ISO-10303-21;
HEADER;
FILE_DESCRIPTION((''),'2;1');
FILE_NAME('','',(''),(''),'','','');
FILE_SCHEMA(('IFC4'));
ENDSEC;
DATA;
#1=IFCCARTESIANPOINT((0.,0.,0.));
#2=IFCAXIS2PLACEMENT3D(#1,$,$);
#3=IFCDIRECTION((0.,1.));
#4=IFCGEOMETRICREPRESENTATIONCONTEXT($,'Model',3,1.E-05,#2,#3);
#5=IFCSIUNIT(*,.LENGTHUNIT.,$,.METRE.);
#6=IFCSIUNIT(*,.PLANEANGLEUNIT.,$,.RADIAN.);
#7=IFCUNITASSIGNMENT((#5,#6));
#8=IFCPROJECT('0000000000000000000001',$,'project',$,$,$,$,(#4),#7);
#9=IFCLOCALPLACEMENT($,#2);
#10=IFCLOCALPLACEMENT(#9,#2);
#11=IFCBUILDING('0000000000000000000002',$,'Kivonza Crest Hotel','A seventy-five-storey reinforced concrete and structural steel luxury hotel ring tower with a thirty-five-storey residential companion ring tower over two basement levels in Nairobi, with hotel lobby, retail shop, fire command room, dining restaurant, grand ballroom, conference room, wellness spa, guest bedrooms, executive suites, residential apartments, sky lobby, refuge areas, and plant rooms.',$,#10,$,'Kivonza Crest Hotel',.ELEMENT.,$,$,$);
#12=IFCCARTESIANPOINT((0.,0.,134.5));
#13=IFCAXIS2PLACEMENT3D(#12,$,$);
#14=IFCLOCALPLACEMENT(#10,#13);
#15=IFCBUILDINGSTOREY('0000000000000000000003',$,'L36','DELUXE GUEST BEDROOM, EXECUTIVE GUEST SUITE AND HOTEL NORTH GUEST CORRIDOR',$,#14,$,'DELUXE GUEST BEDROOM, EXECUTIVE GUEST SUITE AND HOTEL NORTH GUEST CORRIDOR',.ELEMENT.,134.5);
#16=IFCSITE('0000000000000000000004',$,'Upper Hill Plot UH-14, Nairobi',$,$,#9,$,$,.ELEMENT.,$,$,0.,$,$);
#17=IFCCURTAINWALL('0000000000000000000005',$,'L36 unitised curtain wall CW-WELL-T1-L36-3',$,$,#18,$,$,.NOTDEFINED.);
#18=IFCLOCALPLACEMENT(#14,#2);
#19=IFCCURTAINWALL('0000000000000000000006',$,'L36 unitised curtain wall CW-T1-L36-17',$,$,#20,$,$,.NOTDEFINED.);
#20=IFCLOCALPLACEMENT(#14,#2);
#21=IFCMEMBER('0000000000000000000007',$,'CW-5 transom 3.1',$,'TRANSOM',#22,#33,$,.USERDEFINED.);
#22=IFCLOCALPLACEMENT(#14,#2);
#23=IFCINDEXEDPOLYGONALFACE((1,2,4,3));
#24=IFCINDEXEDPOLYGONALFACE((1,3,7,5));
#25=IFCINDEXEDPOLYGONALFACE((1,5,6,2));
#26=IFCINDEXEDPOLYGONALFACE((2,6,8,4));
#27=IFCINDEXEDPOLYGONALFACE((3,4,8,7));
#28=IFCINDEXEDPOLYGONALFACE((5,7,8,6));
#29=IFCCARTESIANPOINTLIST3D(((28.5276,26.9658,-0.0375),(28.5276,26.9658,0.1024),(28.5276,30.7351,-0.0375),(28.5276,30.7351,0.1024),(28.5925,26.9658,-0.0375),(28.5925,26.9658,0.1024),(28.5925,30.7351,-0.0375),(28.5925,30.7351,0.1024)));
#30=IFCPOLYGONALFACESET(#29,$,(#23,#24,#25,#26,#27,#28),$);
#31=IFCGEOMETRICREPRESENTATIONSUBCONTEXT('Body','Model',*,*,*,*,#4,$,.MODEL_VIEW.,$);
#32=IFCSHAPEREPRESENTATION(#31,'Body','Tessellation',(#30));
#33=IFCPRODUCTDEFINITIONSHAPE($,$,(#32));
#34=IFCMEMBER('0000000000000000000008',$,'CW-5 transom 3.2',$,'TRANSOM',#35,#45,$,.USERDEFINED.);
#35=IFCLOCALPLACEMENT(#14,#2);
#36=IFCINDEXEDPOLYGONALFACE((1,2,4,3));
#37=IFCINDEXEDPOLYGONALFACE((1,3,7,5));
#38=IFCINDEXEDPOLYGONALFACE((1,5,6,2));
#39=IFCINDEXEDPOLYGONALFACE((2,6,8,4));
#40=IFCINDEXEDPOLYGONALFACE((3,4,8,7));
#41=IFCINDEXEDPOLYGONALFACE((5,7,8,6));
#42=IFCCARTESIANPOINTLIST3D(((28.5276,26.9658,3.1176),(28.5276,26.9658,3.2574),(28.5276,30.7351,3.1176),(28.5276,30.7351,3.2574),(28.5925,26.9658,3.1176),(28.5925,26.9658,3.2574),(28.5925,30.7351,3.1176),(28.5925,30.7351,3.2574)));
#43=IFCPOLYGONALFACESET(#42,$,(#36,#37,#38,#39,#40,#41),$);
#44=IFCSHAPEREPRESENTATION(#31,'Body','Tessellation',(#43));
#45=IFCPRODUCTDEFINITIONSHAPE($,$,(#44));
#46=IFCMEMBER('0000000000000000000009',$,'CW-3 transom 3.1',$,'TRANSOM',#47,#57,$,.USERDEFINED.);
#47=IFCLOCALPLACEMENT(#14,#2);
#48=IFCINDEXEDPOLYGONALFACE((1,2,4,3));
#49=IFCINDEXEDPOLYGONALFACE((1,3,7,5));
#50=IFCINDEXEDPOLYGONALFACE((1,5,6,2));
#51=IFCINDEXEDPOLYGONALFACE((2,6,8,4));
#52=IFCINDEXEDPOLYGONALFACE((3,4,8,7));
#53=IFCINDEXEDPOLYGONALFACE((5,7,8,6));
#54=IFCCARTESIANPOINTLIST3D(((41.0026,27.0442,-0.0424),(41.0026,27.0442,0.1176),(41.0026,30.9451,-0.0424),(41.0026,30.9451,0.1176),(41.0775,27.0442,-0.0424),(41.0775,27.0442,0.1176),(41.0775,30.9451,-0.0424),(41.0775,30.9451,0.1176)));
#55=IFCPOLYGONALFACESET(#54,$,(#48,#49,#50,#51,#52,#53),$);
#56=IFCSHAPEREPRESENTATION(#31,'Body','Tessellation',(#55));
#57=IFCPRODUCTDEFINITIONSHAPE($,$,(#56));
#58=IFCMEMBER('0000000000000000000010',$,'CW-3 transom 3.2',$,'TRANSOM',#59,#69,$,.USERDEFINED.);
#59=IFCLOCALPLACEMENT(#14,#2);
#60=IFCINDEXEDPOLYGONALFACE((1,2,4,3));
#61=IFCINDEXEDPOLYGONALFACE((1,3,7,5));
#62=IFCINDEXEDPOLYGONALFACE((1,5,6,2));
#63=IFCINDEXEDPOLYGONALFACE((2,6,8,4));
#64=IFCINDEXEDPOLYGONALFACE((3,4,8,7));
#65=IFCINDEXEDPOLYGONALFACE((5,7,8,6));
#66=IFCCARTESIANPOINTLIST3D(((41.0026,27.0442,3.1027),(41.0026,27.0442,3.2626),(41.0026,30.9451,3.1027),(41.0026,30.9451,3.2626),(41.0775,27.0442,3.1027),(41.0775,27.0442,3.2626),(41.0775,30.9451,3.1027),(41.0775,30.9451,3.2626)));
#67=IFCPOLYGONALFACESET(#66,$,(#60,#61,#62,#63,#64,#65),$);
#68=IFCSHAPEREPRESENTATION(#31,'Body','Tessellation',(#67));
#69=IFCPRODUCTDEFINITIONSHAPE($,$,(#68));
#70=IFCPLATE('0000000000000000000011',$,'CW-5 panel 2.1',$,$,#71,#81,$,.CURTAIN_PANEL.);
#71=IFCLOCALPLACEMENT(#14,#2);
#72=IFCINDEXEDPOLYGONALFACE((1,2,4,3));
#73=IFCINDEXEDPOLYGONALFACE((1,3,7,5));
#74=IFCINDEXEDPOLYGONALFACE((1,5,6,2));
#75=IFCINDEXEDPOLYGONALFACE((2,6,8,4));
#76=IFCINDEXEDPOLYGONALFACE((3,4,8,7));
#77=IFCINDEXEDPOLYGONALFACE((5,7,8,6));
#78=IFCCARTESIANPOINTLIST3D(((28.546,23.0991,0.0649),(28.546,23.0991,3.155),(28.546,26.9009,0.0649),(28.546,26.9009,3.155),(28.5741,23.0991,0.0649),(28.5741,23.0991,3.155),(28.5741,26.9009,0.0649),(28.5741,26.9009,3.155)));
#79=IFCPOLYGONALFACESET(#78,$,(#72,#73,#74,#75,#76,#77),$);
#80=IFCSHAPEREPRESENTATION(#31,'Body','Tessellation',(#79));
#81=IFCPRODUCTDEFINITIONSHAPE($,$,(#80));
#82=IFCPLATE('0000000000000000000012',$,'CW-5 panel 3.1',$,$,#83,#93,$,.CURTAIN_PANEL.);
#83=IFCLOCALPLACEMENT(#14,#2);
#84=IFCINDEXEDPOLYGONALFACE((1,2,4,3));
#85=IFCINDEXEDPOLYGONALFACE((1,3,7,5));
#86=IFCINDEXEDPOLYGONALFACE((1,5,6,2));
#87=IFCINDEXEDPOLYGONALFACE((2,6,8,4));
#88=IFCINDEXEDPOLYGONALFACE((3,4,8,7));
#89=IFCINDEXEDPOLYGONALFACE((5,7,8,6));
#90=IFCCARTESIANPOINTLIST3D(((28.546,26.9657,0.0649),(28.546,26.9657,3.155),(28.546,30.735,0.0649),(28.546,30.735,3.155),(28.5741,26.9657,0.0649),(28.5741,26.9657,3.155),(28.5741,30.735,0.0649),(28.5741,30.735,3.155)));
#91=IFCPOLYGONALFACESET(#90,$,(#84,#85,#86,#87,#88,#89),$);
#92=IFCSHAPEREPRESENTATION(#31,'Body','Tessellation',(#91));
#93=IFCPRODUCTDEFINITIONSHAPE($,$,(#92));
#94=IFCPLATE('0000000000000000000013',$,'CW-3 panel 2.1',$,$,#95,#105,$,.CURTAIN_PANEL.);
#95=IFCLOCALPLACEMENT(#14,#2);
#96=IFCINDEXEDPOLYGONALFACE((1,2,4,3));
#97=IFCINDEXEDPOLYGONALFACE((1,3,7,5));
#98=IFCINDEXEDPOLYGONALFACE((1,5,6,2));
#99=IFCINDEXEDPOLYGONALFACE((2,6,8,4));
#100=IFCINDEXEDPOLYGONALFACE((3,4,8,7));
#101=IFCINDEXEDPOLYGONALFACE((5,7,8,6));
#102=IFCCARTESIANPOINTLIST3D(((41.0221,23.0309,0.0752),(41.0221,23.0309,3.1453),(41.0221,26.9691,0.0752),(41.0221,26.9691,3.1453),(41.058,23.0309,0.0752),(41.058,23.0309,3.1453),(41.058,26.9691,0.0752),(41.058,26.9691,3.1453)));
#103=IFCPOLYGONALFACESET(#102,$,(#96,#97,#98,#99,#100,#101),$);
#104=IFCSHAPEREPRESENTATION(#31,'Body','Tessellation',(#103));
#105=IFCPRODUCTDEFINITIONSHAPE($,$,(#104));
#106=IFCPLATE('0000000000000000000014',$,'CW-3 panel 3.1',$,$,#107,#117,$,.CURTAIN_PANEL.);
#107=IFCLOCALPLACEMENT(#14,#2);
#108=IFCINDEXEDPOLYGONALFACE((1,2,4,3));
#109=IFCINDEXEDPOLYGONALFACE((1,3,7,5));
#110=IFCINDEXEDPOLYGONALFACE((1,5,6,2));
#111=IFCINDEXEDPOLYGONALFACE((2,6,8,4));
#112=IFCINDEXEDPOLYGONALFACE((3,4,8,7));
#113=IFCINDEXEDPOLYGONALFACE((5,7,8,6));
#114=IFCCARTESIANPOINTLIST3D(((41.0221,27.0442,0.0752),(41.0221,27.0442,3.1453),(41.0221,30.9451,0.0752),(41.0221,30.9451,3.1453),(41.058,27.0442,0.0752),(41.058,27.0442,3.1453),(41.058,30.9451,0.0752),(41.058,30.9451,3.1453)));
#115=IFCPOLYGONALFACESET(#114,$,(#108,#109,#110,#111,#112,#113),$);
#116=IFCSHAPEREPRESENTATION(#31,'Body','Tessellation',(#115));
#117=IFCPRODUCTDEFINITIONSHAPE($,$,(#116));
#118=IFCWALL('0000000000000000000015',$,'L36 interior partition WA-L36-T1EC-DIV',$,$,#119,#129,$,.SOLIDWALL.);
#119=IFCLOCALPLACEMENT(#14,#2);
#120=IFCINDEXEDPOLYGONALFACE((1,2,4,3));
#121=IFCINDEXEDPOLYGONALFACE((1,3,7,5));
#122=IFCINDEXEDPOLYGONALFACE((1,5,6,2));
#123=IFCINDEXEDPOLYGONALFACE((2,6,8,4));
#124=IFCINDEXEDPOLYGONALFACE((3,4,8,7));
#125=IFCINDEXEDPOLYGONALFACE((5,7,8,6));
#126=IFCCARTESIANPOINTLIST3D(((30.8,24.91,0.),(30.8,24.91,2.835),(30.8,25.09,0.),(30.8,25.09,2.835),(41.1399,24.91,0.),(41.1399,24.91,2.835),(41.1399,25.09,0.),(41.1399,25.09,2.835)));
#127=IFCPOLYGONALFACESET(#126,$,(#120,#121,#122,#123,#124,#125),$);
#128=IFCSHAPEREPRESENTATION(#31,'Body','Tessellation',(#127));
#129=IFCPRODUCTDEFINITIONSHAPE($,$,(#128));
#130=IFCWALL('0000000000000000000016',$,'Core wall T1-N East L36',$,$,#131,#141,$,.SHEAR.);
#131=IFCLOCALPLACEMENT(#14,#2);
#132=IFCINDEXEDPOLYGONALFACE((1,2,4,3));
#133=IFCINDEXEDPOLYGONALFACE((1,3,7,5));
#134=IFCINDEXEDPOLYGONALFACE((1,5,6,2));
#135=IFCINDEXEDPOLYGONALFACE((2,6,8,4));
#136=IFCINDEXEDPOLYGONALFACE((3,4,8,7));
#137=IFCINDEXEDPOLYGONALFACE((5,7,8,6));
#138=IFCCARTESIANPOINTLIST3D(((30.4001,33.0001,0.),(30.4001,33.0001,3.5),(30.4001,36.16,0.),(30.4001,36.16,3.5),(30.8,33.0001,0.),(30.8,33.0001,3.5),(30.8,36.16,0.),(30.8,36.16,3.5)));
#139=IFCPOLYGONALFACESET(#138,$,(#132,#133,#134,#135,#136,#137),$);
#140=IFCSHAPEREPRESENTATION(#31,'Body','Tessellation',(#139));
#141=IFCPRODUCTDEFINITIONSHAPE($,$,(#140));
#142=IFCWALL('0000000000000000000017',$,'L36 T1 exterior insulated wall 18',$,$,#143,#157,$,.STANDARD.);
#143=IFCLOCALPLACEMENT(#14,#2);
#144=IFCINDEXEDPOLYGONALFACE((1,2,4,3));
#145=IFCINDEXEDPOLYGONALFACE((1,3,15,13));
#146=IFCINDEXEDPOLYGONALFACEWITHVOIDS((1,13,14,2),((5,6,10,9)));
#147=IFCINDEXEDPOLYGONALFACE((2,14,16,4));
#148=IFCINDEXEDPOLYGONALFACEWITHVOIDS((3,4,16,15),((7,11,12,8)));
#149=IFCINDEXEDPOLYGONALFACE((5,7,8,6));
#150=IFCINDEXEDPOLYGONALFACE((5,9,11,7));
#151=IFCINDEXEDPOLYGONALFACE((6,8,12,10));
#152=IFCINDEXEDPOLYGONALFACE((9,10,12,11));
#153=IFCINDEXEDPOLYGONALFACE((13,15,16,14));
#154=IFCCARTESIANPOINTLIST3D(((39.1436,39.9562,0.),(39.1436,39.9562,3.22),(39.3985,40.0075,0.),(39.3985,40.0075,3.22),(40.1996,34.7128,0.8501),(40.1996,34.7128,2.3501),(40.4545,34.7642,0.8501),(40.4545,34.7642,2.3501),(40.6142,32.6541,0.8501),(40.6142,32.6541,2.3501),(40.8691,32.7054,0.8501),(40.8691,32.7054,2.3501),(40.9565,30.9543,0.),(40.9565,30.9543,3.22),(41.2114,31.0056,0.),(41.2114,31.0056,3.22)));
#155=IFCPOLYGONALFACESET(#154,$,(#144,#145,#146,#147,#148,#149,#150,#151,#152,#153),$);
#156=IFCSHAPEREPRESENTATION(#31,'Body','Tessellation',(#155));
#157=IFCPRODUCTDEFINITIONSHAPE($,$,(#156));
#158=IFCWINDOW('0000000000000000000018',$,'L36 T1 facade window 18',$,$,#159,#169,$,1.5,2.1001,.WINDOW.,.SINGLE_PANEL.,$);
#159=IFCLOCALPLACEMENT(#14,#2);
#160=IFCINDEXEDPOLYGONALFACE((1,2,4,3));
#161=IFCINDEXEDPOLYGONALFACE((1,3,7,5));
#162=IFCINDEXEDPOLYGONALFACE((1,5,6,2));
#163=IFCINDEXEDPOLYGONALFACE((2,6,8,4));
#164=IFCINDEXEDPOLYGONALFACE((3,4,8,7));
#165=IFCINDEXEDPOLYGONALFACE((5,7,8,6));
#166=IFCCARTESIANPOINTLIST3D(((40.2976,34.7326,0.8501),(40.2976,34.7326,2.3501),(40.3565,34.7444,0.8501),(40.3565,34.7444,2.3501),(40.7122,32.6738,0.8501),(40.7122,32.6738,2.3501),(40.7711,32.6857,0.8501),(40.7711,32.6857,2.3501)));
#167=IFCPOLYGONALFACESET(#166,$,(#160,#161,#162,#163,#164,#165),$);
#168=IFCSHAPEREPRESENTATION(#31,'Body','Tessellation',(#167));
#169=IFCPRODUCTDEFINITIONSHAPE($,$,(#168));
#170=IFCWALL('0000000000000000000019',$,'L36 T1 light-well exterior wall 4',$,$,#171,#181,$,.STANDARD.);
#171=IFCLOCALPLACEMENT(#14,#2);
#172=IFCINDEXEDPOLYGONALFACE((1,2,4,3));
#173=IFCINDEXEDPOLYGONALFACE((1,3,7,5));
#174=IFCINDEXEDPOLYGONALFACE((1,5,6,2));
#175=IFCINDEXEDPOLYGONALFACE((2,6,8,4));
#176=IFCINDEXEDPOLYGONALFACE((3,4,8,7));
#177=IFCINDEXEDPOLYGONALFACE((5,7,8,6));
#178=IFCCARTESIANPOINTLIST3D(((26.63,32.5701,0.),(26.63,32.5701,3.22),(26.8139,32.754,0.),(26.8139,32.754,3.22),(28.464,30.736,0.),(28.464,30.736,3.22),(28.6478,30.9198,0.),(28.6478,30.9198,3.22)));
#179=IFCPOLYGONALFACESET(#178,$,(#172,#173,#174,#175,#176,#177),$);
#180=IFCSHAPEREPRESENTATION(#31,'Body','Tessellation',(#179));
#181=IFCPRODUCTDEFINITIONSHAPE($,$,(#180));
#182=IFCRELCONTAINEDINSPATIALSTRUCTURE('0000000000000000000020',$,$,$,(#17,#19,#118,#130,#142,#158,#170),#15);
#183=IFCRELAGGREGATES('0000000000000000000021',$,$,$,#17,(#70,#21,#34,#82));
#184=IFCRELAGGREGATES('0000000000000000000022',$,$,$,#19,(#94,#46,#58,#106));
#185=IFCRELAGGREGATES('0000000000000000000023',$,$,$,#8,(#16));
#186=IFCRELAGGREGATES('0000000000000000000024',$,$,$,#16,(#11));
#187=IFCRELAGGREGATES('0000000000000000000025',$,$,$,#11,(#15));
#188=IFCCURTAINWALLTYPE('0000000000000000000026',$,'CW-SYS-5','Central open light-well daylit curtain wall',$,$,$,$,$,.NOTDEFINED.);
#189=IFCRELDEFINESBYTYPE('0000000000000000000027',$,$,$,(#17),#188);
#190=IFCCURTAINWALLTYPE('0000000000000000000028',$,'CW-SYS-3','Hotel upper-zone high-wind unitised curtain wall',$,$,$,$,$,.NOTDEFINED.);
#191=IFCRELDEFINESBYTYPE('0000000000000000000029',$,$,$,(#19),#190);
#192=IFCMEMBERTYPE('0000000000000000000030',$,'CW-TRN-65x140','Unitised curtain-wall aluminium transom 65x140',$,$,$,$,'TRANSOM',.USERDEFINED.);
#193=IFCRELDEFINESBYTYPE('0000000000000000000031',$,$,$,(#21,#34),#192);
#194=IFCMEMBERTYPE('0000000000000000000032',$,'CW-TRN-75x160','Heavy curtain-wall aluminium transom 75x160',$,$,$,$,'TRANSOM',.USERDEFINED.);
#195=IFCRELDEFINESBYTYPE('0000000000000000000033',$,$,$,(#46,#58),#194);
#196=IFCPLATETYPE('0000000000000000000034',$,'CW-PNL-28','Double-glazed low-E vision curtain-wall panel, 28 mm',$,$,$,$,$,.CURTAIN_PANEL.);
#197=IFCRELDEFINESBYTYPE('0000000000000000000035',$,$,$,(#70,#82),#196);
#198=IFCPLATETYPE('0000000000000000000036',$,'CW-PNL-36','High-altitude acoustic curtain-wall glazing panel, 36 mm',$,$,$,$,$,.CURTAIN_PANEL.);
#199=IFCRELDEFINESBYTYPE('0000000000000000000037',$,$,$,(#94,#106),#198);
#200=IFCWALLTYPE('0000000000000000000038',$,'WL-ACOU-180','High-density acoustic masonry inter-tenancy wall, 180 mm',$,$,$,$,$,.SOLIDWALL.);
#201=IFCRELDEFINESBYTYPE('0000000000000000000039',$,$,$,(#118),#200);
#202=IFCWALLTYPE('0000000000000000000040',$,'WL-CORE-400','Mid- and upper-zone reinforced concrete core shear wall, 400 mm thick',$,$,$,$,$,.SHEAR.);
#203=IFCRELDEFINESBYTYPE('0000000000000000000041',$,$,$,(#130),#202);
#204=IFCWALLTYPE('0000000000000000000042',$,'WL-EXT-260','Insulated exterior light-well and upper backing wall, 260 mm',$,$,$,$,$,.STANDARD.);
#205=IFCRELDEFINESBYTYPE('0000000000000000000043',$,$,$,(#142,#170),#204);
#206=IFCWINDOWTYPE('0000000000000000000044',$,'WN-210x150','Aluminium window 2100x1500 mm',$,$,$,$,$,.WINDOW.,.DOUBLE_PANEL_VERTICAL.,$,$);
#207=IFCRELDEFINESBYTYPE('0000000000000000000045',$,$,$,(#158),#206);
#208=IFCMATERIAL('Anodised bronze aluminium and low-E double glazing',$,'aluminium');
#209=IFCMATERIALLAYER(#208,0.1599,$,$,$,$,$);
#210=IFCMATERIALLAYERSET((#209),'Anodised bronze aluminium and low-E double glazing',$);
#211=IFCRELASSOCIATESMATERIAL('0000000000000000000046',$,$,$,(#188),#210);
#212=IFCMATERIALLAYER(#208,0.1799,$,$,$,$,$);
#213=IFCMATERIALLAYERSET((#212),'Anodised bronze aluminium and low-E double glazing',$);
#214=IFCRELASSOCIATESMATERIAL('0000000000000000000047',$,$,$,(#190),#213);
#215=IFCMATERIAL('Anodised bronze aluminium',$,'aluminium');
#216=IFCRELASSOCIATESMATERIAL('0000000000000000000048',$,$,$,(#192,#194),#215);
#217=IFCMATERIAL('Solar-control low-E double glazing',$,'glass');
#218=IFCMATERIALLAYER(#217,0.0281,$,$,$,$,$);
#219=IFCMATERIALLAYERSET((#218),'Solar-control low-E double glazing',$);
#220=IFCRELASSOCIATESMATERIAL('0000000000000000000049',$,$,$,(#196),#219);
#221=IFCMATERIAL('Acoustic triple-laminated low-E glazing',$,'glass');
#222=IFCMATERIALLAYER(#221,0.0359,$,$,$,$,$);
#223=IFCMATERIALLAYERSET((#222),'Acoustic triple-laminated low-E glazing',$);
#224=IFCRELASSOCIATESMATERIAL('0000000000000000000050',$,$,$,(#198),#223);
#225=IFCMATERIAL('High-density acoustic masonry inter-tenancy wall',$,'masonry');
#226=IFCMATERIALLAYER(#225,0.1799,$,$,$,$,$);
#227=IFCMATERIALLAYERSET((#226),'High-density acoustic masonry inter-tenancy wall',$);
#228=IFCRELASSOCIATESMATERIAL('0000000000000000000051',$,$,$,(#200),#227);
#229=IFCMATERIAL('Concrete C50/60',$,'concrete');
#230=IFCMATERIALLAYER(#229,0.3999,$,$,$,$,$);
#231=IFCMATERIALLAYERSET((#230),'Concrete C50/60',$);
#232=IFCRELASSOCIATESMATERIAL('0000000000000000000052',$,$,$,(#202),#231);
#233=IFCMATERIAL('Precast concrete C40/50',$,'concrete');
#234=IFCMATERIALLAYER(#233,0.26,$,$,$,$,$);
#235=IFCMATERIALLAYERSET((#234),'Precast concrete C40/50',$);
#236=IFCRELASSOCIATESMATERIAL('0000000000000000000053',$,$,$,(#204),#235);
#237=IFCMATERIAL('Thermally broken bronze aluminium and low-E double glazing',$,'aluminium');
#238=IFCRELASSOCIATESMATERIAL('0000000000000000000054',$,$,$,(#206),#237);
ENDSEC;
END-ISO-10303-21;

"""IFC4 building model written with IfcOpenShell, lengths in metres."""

from ifc_helpers import new_model, si_unit, direction, frame, frame_2d, origin, origin_2d, place, context, subcontext, project, spatial, rectangle, extrude, material, layer, layer_set, material_profile, profile_set, type_object, element, fill, aggregate, save


model = new_model("IFC4")

# Units and contexts
model_context = context("Model", 3, precision=1e-05, world=origin(), true_north=direction((0.0, 1.0)))
body_context = subcontext(model_context, "Body", "Model", "MODEL_VIEW")
ifc_project = project(units=[si_unit("LENGTHUNIT", "METRE"), si_unit("PLANEANGLEUNIT", "RADIAN")], contexts=[model_context])

# Site, building, storey
site_placement = place(None, origin())
site = spatial("IfcSite", under=ifc_project, at=site_placement, Name="Upper Hill Plot UH-14, Nairobi", CompositionType="ELEMENT", RefElevation=0.0)
building_placement = place(site_placement, origin())
building = spatial("IfcBuilding", under=site, at=building_placement, Name="Kivonza Crest Hotel", Description="A seventy-five-storey reinforced concrete and structural steel luxury hotel ring tower with a thirty-five-storey residential companion ring tower over two basement levels in Nairobi, with hotel lobby, retail shop, fire command room, dining restaurant, grand ballroom, conference room, wellness spa, guest bedrooms, executive suites, residential apartments, sky lobby, refuge areas, and plant rooms.", LongName="Kivonza Crest Hotel", CompositionType="ELEMENT")
storey_placement = place(building_placement, frame((0.0, 0.0, 134.5)))
storey = spatial("IfcBuildingStorey", under=building, at=storey_placement, Name="L36", Description="DELUXE GUEST BEDROOM, EXECUTIVE GUEST SUITE AND HOTEL NORTH GUEST CORRIDOR", LongName="DELUXE GUEST BEDROOM, EXECUTIVE GUEST SUITE AND HOTEL NORTH GUEST CORRIDOR", CompositionType="ELEMENT", Elevation=134.5)

# Shared definitions
ifc_material_1 = material(Name="Concrete C50/60", Category="concrete")

# Curtain walls
ifc_material_2 = material(Name="Anodised bronze aluminium and low-E double glazing", Category="aluminium")
ifc_layer_1 = layer(ifc_material_2, 0.1599)
ifc_layer_set_1 = layer_set([ifc_layer_1], Name="Anodised bronze aluminium and low-E double glazing")
curtain_wall_type_1 = type_object("IfcCurtainWallType", Name="CW-SYS-5", Description="Central open light-well daylit curtain wall", PredefinedType="NOTDEFINED", material=ifc_layer_set_1)
curtain_wall_1_placement = place(storey_placement, origin())
curtain_wall_1 = element("IfcCurtainWall", 1, at=curtain_wall_1_placement, inside=storey, type_object=curtain_wall_type_1, Name="L36 unitised curtain wall CW-WELL-T1-L36-3", PredefinedType="NOTDEFINED")
ifc_material_3 = material(Name="Anodised bronze aluminium", Category="aluminium")
ifc_layer_2 = layer(ifc_material_2, 0.1799)
ifc_layer_set_2 = layer_set([ifc_layer_2], Name="Anodised bronze aluminium and low-E double glazing")
curtain_wall_type_2 = type_object("IfcCurtainWallType", Name="CW-SYS-3", Description="Hotel upper-zone high-wind unitised curtain wall", PredefinedType="NOTDEFINED", material=ifc_layer_set_2)
curtain_wall_2_placement = place(storey_placement, origin())
curtain_wall_2 = element("IfcCurtainWall", 2, at=curtain_wall_2_placement, inside=storey, type_object=curtain_wall_type_2, Name="L36 unitised curtain wall CW-T1-L36-17", PredefinedType="NOTDEFINED")

# Members
ifc_material_profile_1 = material_profile(ifc_material_3, rectangle(XDim=0.0649, YDim=0.1399, at=origin_2d()), Name="CW-T 65x140")
ifc_profile_set_1 = profile_set([ifc_material_profile_1], Name="Anodised bronze aluminium")
member_type_1 = type_object("IfcMemberType", Name="CW-TRN-65x140", Description="Unitised curtain-wall aluminium transom 65x140", ElementType="TRANSOM", PredefinedType="USERDEFINED", material=ifc_profile_set_1)
member_1_placement = place(storey_placement, frame((28.5601, 26.9658, 0.0325), z_axis=(0.0, 1.0, 0.0), x_axis=(-1.0, 0.0, 0.0)))
member_1 = element("IfcMember", 3, at=member_1_placement, type_object=member_type_1, Name="CW-5 transom 3.1", ObjectType="TRANSOM", PredefinedType="USERDEFINED", context=body_context, shape_type="SweptSolid", body=[
    extrude(rectangle(XDim=0.0649, YDim=0.1399, at=origin_2d()), origin(), (0.0, 0.0, 1.0), 3.7693),
])
member_2_placement = place(storey_placement, frame((28.5601, 26.9658, 3.1875), z_axis=(0.0, 1.0, 0.0), x_axis=(-1.0, 0.0, 0.0)))
member_2 = element("IfcMember", 4, at=member_2_placement, type_object=member_type_1, Name="CW-5 transom 3.2", ObjectType="TRANSOM", PredefinedType="USERDEFINED", context=body_context, shape_type="SweptSolid", body=[
    extrude(rectangle(XDim=0.0649, YDim=0.1399, at=origin_2d()), origin(), (0.0, 0.0, 1.0), 3.7693),
])
ifc_material_profile_2 = material_profile(ifc_material_3, rectangle(XDim=0.075, YDim=0.1599, at=origin_2d()), Name="CW-T 75x160")
ifc_profile_set_2 = profile_set([ifc_material_profile_2], Name="Anodised bronze aluminium")
member_type_2 = type_object("IfcMemberType", Name="CW-TRN-75x160", Description="Heavy curtain-wall aluminium transom 75x160", ElementType="TRANSOM", PredefinedType="USERDEFINED", material=ifc_profile_set_2)
member_3_placement = place(storey_placement, frame((41.04, 27.0442, 0.0376), z_axis=(0.0, 1.0, 0.0), x_axis=(-1.0, 0.0, 0.0)))
member_3 = element("IfcMember", 5, at=member_3_placement, type_object=member_type_2, Name="CW-3 transom 3.1", ObjectType="TRANSOM", PredefinedType="USERDEFINED", context=body_context, shape_type="SweptSolid", body=[
    extrude(rectangle(XDim=0.075, YDim=0.1599, at=origin_2d()), origin(), (0.0, 0.0, 1.0), 3.9009),
])
member_4_placement = place(storey_placement, frame((41.04, 27.0442, 3.1826), z_axis=(0.0, 1.0, 0.0), x_axis=(-1.0, 0.0, 0.0)))
member_4 = element("IfcMember", 6, at=member_4_placement, type_object=member_type_2, Name="CW-3 transom 3.2", ObjectType="TRANSOM", PredefinedType="USERDEFINED", context=body_context, shape_type="SweptSolid", body=[
    extrude(rectangle(XDim=0.075, YDim=0.1599, at=origin_2d()), origin(), (0.0, 0.0, 1.0), 3.9009),
])

# Plates
ifc_material_4 = material(Name="Solar-control low-E double glazing", Category="glass")
ifc_layer_3 = layer(ifc_material_4, 0.0281)
ifc_layer_set_3 = layer_set([ifc_layer_3], Name="Solar-control low-E double glazing")
plate_type_1 = type_object("IfcPlateType", Name="CW-PNL-28", Description="Double-glazed low-E vision curtain-wall panel, 28 mm", PredefinedType="CURTAIN_PANEL", material=ifc_layer_set_3)
plate_1_placement = place(storey_placement, frame((28.5601, 25.0, 0.0649), z_axis=(0.0, 0.0, 1.0), x_axis=(0.0, 1.0, 0.0)))
plate_1 = element("IfcPlate", 7, at=plate_1_placement, type_object=plate_type_1, Name="CW-5 panel 2.1", PredefinedType="CURTAIN_PANEL", context=body_context, shape_type="SweptSolid", body=[
    extrude(rectangle(XDim=3.8018, YDim=0.0281, at=origin_2d()), origin(), (0.0, 0.0, 1.0), 3.0901),
])
plate_2_placement = place(storey_placement, frame((28.5601, 28.8503, 0.0649), z_axis=(0.0, 0.0, 1.0), x_axis=(0.0, 1.0, 0.0)))
plate_2 = element("IfcPlate", 8, at=plate_2_placement, type_object=plate_type_1, Name="CW-5 panel 3.1", PredefinedType="CURTAIN_PANEL", context=body_context, shape_type="SweptSolid", body=[
    extrude(rectangle(XDim=3.7693, YDim=0.0281, at=origin_2d()), origin(), (0.0, 0.0, 1.0), 3.0901),
])
aggregate(curtain_wall_1, [plate_1, member_1, member_2, plate_2])
ifc_material_5 = material(Name="Acoustic triple-laminated low-E glazing", Category="glass")
ifc_layer_4 = layer(ifc_material_5, 0.0359)
ifc_layer_set_4 = layer_set([ifc_layer_4], Name="Acoustic triple-laminated low-E glazing")
plate_type_2 = type_object("IfcPlateType", Name="CW-PNL-36", Description="High-altitude acoustic curtain-wall glazing panel, 36 mm", PredefinedType="CURTAIN_PANEL", material=ifc_layer_set_4)
plate_3_placement = place(storey_placement, frame((41.04, 25.0, 0.0752), z_axis=(0.0, 0.0, 1.0), x_axis=(0.0, 1.0, 0.0)))
plate_3 = element("IfcPlate", 9, at=plate_3_placement, type_object=plate_type_2, Name="CW-3 panel 2.1", PredefinedType="CURTAIN_PANEL", context=body_context, shape_type="SweptSolid", body=[
    extrude(rectangle(XDim=3.9382, YDim=0.0359, at=origin_2d()), origin(), (0.0, 0.0, 1.0), 3.0701),
])
plate_4_placement = place(storey_placement, frame((41.04, 28.9946, 0.0752), z_axis=(0.0, 0.0, 1.0), x_axis=(0.0, 1.0, 0.0)))
plate_4 = element("IfcPlate", 10, at=plate_4_placement, type_object=plate_type_2, Name="CW-3 panel 3.1", PredefinedType="CURTAIN_PANEL", context=body_context, shape_type="SweptSolid", body=[
    extrude(rectangle(XDim=3.9009, YDim=0.0359, at=origin_2d()), origin(), (0.0, 0.0, 1.0), 3.0701),
])
aggregate(curtain_wall_2, [plate_3, member_3, member_4, plate_4])

# Walls
ifc_material_6 = material(Name="High-density acoustic masonry inter-tenancy wall", Category="masonry")
ifc_layer_5 = layer(ifc_material_6, 0.1799)
ifc_layer_set_5 = layer_set([ifc_layer_5], Name="High-density acoustic masonry inter-tenancy wall")
wall_type_1 = type_object("IfcWallType", Name="WL-ACOU-180", Description="High-density acoustic masonry inter-tenancy wall, 180 mm", PredefinedType="SOLIDWALL", material=ifc_layer_set_5)
wall_1_placement = place(storey_placement, frame((30.8, 25.0, 0.0), z_axis=(0.0, 0.0, 1.0), x_axis=(1.0, 0.0, 0.0)))
element("IfcWall", 11, at=wall_1_placement, inside=storey, type_object=wall_type_1, Name="L36 interior partition WA-L36-T1EC-DIV", PredefinedType="SOLIDWALL", context=body_context, shape_type="SweptSolid", body=[
    extrude(rectangle(XDim=10.3398, YDim=0.1799, at=frame_2d((5.1699, 0.0))), origin(), (0.0, 0.0, 1.0), 2.835),
])
ifc_layer_6 = layer(ifc_material_1, 0.3999)
ifc_layer_set_6 = layer_set([ifc_layer_6], Name="Concrete C50/60")
wall_type_2 = type_object("IfcWallType", Name="WL-CORE-400", Description="Mid- and upper-zone reinforced concrete core shear wall, 400 mm thick", PredefinedType="SHEAR", material=ifc_layer_set_6)
wall_2_placement = place(storey_placement, frame((30.6001, 33.0, 0.0), z_axis=(0.0, 0.0, 1.0), x_axis=(0.0, 1.0, 0.0)))
element("IfcWall", 12, at=wall_2_placement, inside=storey, type_object=wall_type_2, Name="Core wall T1-N East L36", PredefinedType="SHEAR", context=body_context, shape_type="SweptSolid", body=[
    extrude(rectangle(XDim=3.1599, YDim=0.3999, at=frame_2d((1.5801, 0.0))), origin(), (0.0, 0.0, 1.0), 3.5),
])

# Wall, opening, window
ifc_material_7 = material(Name="Precast concrete C40/50", Category="concrete")
ifc_layer_7 = layer(ifc_material_7, 0.26)
ifc_layer_set_7 = layer_set([ifc_layer_7], Name="Precast concrete C40/50")
wall_type_3 = type_object("IfcWallType", Name="WL-EXT-260", Description="Insulated exterior light-well and upper backing wall, 260 mm", PredefinedType="STANDARD", material=ifc_layer_set_7)
wall_3_placement = place(storey_placement, frame((41.084, 30.98, 0.0), z_axis=(0.0, 0.0, 1.0), x_axis=(-0.197435, 0.980316, 0.0)))
wall_3 = element("IfcWall", 13, at=wall_3_placement, inside=storey, type_object=wall_type_3, Name="L36 T1 exterior insulated wall 18", PredefinedType="STANDARD", context=body_context, shape_type="SweptSolid", body=[
    extrude(rectangle(XDim=9.1826, YDim=0.26, at=frame_2d((4.5913, 0.0))), origin(), (0.0, 0.0, 1.0), 3.22),
])
opening_1_placement = place(wall_3_placement, frame((1.7339, 0.0, 0.8501)))
opening_1 = element("IfcOpeningElement", 14, at=opening_1_placement, cuts=wall_3, PredefinedType="OPENING", context=body_context, shape_type="SweptSolid", body=[
    extrude(rectangle(XDim=2.1001, YDim=1.5, at=frame_2d((1.05, 0.75))), frame((0.0, 0.1401, 0.0), z_axis=(0.0, -1.0, 0.0), x_axis=(1.0, 0.0, 0.0)), (0.0, 0.0, 1.0), 0.28),
])
ifc_material_8 = material(Name="Thermally broken bronze aluminium and low-E double glazing", Category="aluminium")
window_type = type_object("IfcWindowType", Name="WN-210x150", Description="Aluminium window 2100x1500 mm", PartitioningType="DOUBLE_PANEL_VERTICAL", PredefinedType="WINDOW", material=ifc_material_8)
window_placement = place(opening_1_placement, origin())
window = element("IfcWindow", 15, at=window_placement, inside=storey, type_object=window_type, Name="L36 T1 facade window 18", OverallHeight=1.5, OverallWidth=2.1001, PartitioningType="SINGLE_PANEL", PredefinedType="WINDOW", context=body_context, shape_type="SweptSolid", body=[
    extrude(rectangle(XDim=2.1001, YDim=1.5, at=frame_2d((1.05, 0.75))), frame((0.0, 0.03, 0.0), z_axis=(0.0, -1.0, 0.0), x_axis=(1.0, 0.0, 0.0)), (0.0, 0.0, 1.0), 0.0601),
])
fill(opening_1, window)

# Wall
wall_4_placement = place(storey_placement, frame((28.5559, 30.8279, 0.0), z_axis=(0.0, 0.0, 1.0), x_axis=(-0.70706, 0.707154, 0.0)))
element("IfcWall", 16, at=wall_4_placement, inside=storey, type_object=wall_type_3, Name="L36 T1 light-well exterior wall 4", PredefinedType="STANDARD", context=body_context, shape_type="SweptSolid", body=[
    extrude(rectangle(XDim=2.5938, YDim=0.26, at=frame_2d((1.2969, 0.0))), origin(), (0.0, 0.0, 1.0), 3.22),
])

save(model, "model.ifc")
